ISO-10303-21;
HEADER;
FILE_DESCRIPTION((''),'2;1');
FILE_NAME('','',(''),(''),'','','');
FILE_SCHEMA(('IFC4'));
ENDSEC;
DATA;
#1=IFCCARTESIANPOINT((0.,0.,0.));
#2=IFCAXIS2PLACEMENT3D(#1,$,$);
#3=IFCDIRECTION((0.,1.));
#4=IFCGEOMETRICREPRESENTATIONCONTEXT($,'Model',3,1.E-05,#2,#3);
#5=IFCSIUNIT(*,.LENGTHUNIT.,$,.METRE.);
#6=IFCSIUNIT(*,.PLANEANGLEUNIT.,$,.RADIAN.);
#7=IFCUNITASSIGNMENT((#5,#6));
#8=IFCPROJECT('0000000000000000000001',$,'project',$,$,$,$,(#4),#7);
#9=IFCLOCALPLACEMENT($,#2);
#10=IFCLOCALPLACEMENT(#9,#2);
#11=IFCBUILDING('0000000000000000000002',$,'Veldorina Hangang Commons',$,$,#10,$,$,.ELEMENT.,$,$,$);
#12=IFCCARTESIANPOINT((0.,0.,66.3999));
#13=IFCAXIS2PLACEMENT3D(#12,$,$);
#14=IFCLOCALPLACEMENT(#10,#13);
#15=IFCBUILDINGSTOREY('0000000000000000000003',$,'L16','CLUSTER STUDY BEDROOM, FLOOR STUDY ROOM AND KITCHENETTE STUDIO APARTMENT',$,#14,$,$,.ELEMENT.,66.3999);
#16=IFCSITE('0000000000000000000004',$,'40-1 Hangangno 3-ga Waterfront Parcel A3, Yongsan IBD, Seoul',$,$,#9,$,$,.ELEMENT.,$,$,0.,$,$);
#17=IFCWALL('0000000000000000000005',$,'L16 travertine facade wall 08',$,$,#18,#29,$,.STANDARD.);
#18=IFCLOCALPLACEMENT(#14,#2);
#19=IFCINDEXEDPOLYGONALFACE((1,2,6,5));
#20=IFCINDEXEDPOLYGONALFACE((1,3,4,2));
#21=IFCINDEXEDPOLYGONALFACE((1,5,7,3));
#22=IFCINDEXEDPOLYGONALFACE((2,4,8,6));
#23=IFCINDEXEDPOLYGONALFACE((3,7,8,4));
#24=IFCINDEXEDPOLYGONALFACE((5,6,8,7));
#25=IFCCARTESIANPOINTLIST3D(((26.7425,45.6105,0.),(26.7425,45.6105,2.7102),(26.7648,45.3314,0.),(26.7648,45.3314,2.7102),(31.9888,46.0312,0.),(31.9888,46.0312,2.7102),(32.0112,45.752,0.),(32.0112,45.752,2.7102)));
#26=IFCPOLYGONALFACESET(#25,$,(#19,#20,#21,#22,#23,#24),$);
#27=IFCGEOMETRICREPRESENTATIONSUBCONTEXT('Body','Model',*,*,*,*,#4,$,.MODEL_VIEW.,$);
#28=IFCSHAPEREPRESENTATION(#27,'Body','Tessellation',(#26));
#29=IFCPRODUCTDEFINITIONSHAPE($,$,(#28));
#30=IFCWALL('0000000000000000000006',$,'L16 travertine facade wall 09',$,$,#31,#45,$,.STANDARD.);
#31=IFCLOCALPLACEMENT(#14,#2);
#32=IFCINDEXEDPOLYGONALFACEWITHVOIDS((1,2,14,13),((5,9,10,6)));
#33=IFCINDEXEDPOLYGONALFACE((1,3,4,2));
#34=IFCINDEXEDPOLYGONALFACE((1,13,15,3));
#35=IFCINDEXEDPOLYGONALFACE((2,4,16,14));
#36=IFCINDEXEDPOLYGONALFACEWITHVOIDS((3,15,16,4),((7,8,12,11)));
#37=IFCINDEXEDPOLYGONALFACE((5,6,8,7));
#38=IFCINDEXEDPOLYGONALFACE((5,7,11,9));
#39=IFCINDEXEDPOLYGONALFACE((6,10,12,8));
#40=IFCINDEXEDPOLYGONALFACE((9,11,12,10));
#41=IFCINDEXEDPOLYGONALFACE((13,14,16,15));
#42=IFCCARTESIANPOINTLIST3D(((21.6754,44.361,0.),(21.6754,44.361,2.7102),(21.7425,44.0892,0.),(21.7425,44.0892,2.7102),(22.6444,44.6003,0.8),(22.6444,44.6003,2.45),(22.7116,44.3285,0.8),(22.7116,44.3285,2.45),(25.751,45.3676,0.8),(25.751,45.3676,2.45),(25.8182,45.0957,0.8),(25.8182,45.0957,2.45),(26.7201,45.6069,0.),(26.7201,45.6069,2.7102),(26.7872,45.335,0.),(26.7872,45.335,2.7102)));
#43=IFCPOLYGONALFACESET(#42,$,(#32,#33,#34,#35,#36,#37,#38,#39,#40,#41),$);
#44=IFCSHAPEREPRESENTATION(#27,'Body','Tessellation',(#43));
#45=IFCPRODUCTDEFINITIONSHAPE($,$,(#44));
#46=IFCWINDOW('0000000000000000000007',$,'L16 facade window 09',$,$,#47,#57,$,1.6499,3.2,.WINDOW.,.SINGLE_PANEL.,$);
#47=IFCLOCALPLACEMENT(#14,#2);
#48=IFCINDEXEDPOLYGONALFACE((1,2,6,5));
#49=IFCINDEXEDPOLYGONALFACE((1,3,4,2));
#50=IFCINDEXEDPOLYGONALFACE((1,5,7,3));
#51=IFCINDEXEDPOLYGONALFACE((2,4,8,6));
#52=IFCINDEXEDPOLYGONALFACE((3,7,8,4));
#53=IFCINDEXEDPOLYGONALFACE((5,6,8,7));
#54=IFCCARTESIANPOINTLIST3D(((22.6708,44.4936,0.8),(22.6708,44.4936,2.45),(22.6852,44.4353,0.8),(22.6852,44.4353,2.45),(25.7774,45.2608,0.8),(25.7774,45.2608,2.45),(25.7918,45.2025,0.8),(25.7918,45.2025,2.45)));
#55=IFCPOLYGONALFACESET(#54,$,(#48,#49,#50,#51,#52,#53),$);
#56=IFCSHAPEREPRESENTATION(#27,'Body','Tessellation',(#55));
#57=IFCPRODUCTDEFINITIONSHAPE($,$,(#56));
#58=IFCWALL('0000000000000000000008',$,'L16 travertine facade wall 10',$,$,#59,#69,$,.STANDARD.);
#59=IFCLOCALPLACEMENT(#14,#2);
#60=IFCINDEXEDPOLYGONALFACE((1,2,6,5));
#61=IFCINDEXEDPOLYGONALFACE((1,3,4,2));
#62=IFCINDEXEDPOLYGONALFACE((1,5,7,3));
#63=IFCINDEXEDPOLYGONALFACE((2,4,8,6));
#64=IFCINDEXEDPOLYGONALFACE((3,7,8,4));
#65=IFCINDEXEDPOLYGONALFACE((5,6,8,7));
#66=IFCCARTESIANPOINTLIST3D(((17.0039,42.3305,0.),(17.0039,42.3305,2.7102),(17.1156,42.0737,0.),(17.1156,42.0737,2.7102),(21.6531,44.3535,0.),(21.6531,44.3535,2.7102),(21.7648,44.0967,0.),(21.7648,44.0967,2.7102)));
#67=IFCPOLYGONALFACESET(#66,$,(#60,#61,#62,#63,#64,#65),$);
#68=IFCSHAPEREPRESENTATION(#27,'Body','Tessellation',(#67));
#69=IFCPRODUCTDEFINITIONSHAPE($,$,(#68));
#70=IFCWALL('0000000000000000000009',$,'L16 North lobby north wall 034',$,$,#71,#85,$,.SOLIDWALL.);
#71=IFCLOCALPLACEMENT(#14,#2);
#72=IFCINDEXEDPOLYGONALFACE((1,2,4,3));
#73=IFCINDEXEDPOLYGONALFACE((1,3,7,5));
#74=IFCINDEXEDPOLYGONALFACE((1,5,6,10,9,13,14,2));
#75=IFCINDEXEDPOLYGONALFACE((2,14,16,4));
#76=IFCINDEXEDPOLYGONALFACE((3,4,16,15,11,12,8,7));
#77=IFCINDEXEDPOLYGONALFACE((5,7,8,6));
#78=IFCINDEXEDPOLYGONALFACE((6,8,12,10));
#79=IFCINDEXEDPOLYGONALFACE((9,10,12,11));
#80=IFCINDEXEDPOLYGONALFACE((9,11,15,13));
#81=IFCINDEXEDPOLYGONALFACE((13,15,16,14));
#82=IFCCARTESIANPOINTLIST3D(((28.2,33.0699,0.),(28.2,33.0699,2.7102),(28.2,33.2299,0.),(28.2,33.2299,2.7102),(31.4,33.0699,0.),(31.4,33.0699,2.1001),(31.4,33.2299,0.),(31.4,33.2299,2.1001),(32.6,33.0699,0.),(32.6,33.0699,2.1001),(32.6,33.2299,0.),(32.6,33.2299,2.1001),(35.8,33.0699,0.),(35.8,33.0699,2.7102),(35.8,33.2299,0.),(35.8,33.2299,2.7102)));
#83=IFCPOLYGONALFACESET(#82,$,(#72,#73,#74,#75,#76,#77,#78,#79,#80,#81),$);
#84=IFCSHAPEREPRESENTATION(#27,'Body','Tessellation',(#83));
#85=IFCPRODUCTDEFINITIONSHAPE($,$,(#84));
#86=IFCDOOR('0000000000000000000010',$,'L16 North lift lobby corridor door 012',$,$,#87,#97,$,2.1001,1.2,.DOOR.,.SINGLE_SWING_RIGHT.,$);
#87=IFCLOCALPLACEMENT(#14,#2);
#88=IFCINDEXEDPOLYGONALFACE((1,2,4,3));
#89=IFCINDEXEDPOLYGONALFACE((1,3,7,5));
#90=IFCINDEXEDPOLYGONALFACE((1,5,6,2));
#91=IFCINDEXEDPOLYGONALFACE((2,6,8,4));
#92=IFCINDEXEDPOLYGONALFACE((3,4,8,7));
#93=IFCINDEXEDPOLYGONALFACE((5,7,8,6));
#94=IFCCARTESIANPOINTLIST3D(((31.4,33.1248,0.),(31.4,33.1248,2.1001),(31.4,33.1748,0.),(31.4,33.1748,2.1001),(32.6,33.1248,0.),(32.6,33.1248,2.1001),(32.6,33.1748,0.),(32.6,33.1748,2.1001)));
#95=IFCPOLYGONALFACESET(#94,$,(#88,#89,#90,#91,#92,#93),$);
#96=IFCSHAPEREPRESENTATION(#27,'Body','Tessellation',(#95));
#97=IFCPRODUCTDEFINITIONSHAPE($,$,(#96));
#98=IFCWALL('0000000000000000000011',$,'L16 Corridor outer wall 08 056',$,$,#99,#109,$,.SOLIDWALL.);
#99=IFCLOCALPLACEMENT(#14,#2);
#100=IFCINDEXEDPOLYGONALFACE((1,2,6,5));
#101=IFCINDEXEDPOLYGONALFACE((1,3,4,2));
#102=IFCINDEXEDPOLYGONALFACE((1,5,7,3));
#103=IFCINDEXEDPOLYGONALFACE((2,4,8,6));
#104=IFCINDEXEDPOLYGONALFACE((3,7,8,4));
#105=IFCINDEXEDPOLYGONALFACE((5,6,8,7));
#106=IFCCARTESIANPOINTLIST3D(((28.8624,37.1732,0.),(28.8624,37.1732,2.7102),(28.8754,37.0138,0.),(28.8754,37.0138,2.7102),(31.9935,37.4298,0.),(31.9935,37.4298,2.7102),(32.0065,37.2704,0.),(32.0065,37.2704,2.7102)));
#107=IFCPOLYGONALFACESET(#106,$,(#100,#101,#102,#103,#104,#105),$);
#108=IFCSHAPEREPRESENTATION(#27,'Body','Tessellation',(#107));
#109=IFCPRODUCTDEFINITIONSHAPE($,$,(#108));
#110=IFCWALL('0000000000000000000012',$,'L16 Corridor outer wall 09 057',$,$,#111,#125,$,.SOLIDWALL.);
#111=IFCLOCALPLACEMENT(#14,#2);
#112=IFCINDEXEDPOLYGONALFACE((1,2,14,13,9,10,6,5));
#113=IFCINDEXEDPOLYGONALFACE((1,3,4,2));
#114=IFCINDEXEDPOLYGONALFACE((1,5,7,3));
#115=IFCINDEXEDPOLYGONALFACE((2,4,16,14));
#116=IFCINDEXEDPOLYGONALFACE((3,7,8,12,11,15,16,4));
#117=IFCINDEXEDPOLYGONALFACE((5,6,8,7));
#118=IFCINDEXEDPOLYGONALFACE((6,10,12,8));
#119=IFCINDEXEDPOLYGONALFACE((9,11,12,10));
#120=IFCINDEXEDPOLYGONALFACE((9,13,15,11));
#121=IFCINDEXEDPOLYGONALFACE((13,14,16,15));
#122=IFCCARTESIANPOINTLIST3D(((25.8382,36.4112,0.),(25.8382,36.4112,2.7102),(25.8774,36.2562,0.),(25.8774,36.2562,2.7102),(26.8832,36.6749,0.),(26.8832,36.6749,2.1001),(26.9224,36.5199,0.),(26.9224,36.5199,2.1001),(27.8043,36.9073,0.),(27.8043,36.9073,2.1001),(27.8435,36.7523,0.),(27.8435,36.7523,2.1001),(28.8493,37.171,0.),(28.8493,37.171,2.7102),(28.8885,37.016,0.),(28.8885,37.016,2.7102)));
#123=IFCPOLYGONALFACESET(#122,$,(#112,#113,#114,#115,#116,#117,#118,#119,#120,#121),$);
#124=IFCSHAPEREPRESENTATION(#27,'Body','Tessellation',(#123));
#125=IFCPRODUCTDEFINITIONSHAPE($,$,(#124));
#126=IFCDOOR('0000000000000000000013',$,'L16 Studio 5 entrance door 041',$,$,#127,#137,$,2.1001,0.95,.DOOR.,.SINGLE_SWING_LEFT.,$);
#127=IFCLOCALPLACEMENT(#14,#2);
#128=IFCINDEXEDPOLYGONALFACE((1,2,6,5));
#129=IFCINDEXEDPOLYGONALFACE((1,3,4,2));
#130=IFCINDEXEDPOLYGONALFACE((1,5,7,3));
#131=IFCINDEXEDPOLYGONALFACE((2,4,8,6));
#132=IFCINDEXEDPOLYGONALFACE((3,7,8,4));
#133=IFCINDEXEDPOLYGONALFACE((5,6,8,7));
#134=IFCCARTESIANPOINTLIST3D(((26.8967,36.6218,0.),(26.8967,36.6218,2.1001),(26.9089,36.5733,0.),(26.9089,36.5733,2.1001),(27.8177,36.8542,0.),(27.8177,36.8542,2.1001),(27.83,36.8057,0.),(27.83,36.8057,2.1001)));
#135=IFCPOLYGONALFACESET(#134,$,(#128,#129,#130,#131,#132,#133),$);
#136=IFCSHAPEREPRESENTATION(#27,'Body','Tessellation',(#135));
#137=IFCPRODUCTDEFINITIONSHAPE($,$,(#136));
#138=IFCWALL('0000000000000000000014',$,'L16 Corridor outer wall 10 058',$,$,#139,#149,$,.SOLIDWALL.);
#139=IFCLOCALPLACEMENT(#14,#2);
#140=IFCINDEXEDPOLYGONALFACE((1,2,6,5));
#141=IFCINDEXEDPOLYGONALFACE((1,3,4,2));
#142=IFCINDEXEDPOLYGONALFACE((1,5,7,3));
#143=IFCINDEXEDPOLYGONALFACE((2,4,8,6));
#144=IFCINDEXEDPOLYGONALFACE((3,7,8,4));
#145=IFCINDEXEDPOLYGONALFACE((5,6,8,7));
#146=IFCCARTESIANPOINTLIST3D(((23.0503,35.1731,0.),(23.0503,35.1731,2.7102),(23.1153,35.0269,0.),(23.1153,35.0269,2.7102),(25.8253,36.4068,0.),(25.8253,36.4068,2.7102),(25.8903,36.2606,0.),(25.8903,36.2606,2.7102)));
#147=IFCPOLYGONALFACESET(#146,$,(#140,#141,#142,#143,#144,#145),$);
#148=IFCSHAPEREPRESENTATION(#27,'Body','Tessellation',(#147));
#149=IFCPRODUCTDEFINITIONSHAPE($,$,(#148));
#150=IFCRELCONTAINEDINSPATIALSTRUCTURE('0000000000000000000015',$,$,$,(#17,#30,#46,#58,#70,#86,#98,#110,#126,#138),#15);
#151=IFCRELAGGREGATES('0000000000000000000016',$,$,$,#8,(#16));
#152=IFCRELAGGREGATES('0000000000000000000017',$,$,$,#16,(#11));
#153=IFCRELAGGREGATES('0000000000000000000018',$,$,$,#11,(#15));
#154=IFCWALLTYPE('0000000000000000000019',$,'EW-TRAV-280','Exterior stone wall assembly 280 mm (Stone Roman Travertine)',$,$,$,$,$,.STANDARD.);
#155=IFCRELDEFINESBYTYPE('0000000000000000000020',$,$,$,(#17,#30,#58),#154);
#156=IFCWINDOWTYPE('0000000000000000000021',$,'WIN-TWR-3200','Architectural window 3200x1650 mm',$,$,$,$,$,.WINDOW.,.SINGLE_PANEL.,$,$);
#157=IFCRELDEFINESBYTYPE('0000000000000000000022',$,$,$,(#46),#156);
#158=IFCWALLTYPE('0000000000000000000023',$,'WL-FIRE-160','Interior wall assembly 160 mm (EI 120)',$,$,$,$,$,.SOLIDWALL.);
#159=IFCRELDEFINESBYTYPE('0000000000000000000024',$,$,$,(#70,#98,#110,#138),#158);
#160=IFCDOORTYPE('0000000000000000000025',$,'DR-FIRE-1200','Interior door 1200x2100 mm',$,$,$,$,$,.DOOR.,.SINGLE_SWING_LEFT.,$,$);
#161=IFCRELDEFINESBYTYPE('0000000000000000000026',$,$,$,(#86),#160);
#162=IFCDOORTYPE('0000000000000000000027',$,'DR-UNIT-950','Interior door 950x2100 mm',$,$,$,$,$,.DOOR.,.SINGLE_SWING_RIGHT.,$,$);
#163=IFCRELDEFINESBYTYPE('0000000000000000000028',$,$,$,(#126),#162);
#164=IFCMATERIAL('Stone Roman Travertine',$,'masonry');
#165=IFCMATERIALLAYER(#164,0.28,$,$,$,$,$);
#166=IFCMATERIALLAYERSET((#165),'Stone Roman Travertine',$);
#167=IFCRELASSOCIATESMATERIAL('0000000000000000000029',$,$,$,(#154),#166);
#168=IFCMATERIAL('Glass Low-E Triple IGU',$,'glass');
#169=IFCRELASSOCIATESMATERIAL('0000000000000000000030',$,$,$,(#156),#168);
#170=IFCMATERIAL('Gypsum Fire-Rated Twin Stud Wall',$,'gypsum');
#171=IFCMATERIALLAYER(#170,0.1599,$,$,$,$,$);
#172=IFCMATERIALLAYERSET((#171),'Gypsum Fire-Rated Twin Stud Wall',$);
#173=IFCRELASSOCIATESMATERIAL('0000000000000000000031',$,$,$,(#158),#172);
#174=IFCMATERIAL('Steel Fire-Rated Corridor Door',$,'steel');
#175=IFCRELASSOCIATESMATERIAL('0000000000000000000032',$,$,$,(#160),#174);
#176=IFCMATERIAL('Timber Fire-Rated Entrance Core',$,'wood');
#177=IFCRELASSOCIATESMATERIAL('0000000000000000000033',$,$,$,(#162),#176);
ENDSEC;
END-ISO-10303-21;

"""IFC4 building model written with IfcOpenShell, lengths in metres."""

from ifc_helpers import new_model, si_unit, direction, frame, frame_2d, origin, place, context, subcontext, project, spatial, rectangle, extrude, material, layer, layer_set, type_object, element, fill, save


model = new_model("IFC4")

# Units and contexts
model_context = context("Model", 3, precision=1e-05, world=origin(), true_north=direction((0.0, 1.0)))
body_context = subcontext(model_context, "Body", "Model", "MODEL_VIEW")
ifc_project = project(units=[si_unit("LENGTHUNIT", "METRE"), si_unit("PLANEANGLEUNIT", "RADIAN")], contexts=[model_context])

# Site, building, storey
site_placement = place(None, origin())
site = spatial("IfcSite", under=ifc_project, at=site_placement, Name="40-1 Hangangno 3-ga Waterfront Parcel A3, Yongsan IBD, Seoul", CompositionType="ELEMENT", RefElevation=0.0)
building_placement = place(site_placement, origin())
building = spatial("IfcBuilding", under=site, at=building_placement, Name="Veldorina Hangang Commons", CompositionType="ELEMENT")
storey_placement = place(building_placement, frame((0.0, 0.0, 66.3999)))
storey = spatial("IfcBuildingStorey", under=building, at=storey_placement, Name="L16", Description="CLUSTER STUDY BEDROOM, FLOOR STUDY ROOM AND KITCHENETTE STUDIO APARTMENT", CompositionType="ELEMENT", Elevation=66.3999)

# Wall
ifc_material_1 = material(Name="Stone Roman Travertine", Category="masonry")
ifc_layer_1 = layer(ifc_material_1, 0.28)
ifc_layer_set_1 = layer_set([ifc_layer_1], Name="Stone Roman Travertine")
wall_type_1 = type_object("IfcWallType", Name="EW-TRAV-280", Description="Exterior stone wall assembly 280 mm (Stone Roman Travertine)", PredefinedType="STANDARD", material=ifc_layer_set_1)
wall_1_placement = place(storey_placement, frame((32.0, 45.8916, 0.0), z_axis=(0.0, 0.0, 1.0), x_axis=(-0.996801, -0.079924, 0.0)))
element("IfcWall", 1, at=wall_1_placement, inside=storey, type_object=wall_type_1, Name="L16 travertine facade wall 08", PredefinedType="STANDARD", context=body_context, shape_type="SweptSolid", body=[
    extrude(rectangle(XDim=5.2632, YDim=0.28, at=frame_2d((2.6316, 0.0))), origin(), (0.0, 0.0, 1.0), 2.7102),
])

# Wall, opening, window
wall_2_placement = place(storey_placement, frame((26.7537, 45.4709, 0.0), z_axis=(0.0, 0.0, 1.0), x_axis=(-0.970832, -0.23976, 0.0)))
wall_2 = element("IfcWall", 2, at=wall_2_placement, inside=storey, type_object=wall_type_1, Name="L16 travertine facade wall 09", PredefinedType="STANDARD", context=body_context, shape_type="SweptSolid", body=[
    extrude(rectangle(XDim=5.1963, YDim=0.28, at=frame_2d((2.5981, 0.0))), origin(), (0.0, 0.0, 1.0), 2.7102),
])
opening_1_placement = place(wall_2_placement, frame((0.998, 0.0, 0.8)))
opening_1 = element("IfcOpeningElement", 3, at=opening_1_placement, cuts=wall_2, PredefinedType="OPENING", context=body_context, shape_type="SweptSolid", body=[
    extrude(rectangle(XDim=3.2, YDim=1.6499, at=frame_2d((1.6001, 0.825))), frame((0.0, 0.1499, 0.0), z_axis=(0.0, -1.0, 0.0), x_axis=(1.0, 0.0, 0.0)), (0.0, 0.0, 1.0), 0.3),
])
ifc_material_2 = material(Name="Glass Low-E Triple IGU", Category="glass")
window_type = type_object("IfcWindowType", Name="WIN-TWR-3200", Description="Architectural window 3200x1650 mm", PartitioningType="SINGLE_PANEL", PredefinedType="WINDOW", material=ifc_material_2)
window_placement = place(opening_1_placement, origin())
window = element("IfcWindow", 4, at=window_placement, inside=storey, type_object=window_type, Name="L16 facade window 09", OverallHeight=1.6499, OverallWidth=3.2, PartitioningType="SINGLE_PANEL", PredefinedType="WINDOW", context=body_context, shape_type="SweptSolid", body=[
    extrude(rectangle(XDim=3.2, YDim=1.6499, at=frame_2d((1.6001, 0.825))), frame((0.0, 0.03, 0.0), z_axis=(0.0, -1.0, 0.0), x_axis=(1.0, 0.0, 0.0)), (0.0, 0.0, 1.0), 0.0601),
])
fill(opening_1, window)

# Wall
wall_3_placement = place(storey_placement, frame((21.709, 44.2251, 0.0), z_axis=(0.0, 0.0, 1.0), x_axis=(-0.916957, -0.398987, 0.0)))
element("IfcWall", 5, at=wall_3_placement, inside=storey, type_object=wall_type_1, Name="L16 travertine facade wall 10", PredefinedType="STANDARD", context=body_context, shape_type="SweptSolid", body=[
    extrude(rectangle(XDim=5.0703, YDim=0.28, at=frame_2d((2.5352, 0.0))), origin(), (0.0, 0.0, 1.0), 2.7102),
])

# Wall, opening, door
ifc_material_3 = material(Name="Gypsum Fire-Rated Twin Stud Wall", Category="gypsum")
ifc_layer_2 = layer(ifc_material_3, 0.1599)
ifc_layer_set_2 = layer_set([ifc_layer_2], Name="Gypsum Fire-Rated Twin Stud Wall")
wall_type_2 = type_object("IfcWallType", Name="WL-FIRE-160", Description="Interior wall assembly 160 mm (EI 120)", PredefinedType="SOLIDWALL", material=ifc_layer_set_2)
wall_4_placement = place(storey_placement, frame((28.2, 33.1499, 0.0), z_axis=(0.0, 0.0, 1.0), x_axis=(1.0, 0.0, 0.0)))
wall_4 = element("IfcWall", 6, at=wall_4_placement, inside=storey, type_object=wall_type_2, Name="L16 North lobby north wall 034", PredefinedType="SOLIDWALL", context=body_context, shape_type="SweptSolid", body=[
    extrude(rectangle(XDim=7.6001, YDim=0.1599, at=frame_2d((3.8, 0.0))), origin(), (0.0, 0.0, 1.0), 2.7102),
])
opening_2_placement = place(wall_4_placement, frame((3.2, 0.0, 0.0)))
opening_2 = element("IfcOpeningElement", 7, at=opening_2_placement, cuts=wall_4, PredefinedType="OPENING", context=body_context, shape_type="SweptSolid", body=[
    extrude(rectangle(XDim=1.2, YDim=2.1001, at=frame_2d((0.6001, 1.05))), frame((0.0, 0.0898, 0.0), z_axis=(0.0, -1.0, 0.0), x_axis=(1.0, 0.0, 0.0)), (0.0, 0.0, 1.0), 0.1799),
])
ifc_material_4 = material(Name="Steel Fire-Rated Corridor Door", Category="steel")
door_type_1 = type_object("IfcDoorType", Name="DR-FIRE-1200", Description="Interior door 1200x2100 mm", OperationType="SINGLE_SWING_LEFT", PredefinedType="DOOR", material=ifc_material_4)
door_1_placement = place(opening_2_placement, origin())
door_1 = element("IfcDoor", 8, at=door_1_placement, inside=storey, type_object=door_type_1, Name="L16 North lift lobby corridor door 012", OperationType="SINGLE_SWING_RIGHT", OverallHeight=2.1001, OverallWidth=1.2, PredefinedType="DOOR", context=body_context, shape_type="SweptSolid", body=[
    extrude(rectangle(XDim=1.2, YDim=2.1001, at=frame_2d((0.6001, 1.05))), frame((0.0, 0.0249, 0.0), z_axis=(0.0, -1.0, 0.0), x_axis=(1.0, 0.0, 0.0)), (0.0, 0.0, 1.0), 0.05),
])
fill(opening_2, door_1)

# Wall
wall_5_placement = place(storey_placement, frame((32.0, 37.3501, 0.0), z_axis=(0.0, 0.0, 1.0), x_axis=(-0.996659, -0.081676, 0.0)))
element("IfcWall", 9, at=wall_5_placement, inside=storey, type_object=wall_type_2, Name="L16 Corridor outer wall 08 056", PredefinedType="SOLIDWALL", context=body_context, shape_type="SweptSolid", body=[
    extrude(rectangle(XDim=3.1416, YDim=0.1599, at=frame_2d((1.5708, 0.0))), origin(), (0.0, 0.0, 1.0), 2.7102),
])

# Wall, opening, door
wall_6_placement = place(storey_placement, frame((28.8689, 37.0935, 0.0), z_axis=(0.0, 0.0, 1.0), x_axis=(-0.969608, -0.244662, 0.0)))
wall_6 = element("IfcWall", 10, at=wall_6_placement, inside=storey, type_object=wall_type_2, Name="L16 Corridor outer wall 09 057", PredefinedType="SOLIDWALL", context=body_context, shape_type="SweptSolid", body=[
    extrude(rectangle(XDim=3.1055, YDim=0.1599, at=frame_2d((1.5527, 0.0))), origin(), (0.0, 0.0, 1.0), 2.7102),
])
opening_3_placement = place(wall_6_placement, frame((1.0776, 0.0, 0.0)))
opening_3 = element("IfcOpeningElement", 11, at=opening_3_placement, cuts=wall_6, PredefinedType="OPENING", context=body_context, shape_type="SweptSolid", body=[
    extrude(rectangle(XDim=0.95, YDim=2.1001, at=frame_2d((0.4751, 1.05))), frame((0.0, 0.0898, 0.0), z_axis=(0.0, -1.0, 0.0), x_axis=(1.0, 0.0, 0.0)), (0.0, 0.0, 1.0), 0.1799),
])
ifc_material_5 = material(Name="Timber Fire-Rated Entrance Core", Category="wood")
door_type_2 = type_object("IfcDoorType", Name="DR-UNIT-950", Description="Interior door 950x2100 mm", OperationType="SINGLE_SWING_RIGHT", PredefinedType="DOOR", material=ifc_material_5)
door_2_placement = place(opening_3_placement, origin())
door_2 = element("IfcDoor", 12, at=door_2_placement, inside=storey, type_object=door_type_2, Name="L16 Studio 5 entrance door 041", OperationType="SINGLE_SWING_LEFT", OverallHeight=2.1001, OverallWidth=0.95, PredefinedType="DOOR", context=body_context, shape_type="SweptSolid", body=[
    extrude(rectangle(XDim=0.95, YDim=2.1001, at=frame_2d((0.4751, 1.05))), frame((0.0, 0.0249, 0.0), z_axis=(0.0, -1.0, 0.0), x_axis=(1.0, 0.0, 0.0)), (0.0, 0.0, 1.0), 0.05),
])
fill(opening_3, door_2)

# Wall
wall_7_placement = place(storey_placement, frame((25.8579, 36.3337, 0.0), z_axis=(0.0, 0.0, 1.0), x_axis=(-0.913768, -0.406235, 0.0)))
element("IfcWall", 13, at=wall_7_placement, inside=storey, type_object=wall_type_2, Name="L16 Corridor outer wall 10 058", PredefinedType="SOLIDWALL", context=body_context, shape_type="SweptSolid", body=[
    extrude(rectangle(XDim=3.0369, YDim=0.1599, at=frame_2d((1.5186, 0.0))), origin(), (0.0, 0.0, 1.0), 2.7102),
])

save(model, "model.ifc")
